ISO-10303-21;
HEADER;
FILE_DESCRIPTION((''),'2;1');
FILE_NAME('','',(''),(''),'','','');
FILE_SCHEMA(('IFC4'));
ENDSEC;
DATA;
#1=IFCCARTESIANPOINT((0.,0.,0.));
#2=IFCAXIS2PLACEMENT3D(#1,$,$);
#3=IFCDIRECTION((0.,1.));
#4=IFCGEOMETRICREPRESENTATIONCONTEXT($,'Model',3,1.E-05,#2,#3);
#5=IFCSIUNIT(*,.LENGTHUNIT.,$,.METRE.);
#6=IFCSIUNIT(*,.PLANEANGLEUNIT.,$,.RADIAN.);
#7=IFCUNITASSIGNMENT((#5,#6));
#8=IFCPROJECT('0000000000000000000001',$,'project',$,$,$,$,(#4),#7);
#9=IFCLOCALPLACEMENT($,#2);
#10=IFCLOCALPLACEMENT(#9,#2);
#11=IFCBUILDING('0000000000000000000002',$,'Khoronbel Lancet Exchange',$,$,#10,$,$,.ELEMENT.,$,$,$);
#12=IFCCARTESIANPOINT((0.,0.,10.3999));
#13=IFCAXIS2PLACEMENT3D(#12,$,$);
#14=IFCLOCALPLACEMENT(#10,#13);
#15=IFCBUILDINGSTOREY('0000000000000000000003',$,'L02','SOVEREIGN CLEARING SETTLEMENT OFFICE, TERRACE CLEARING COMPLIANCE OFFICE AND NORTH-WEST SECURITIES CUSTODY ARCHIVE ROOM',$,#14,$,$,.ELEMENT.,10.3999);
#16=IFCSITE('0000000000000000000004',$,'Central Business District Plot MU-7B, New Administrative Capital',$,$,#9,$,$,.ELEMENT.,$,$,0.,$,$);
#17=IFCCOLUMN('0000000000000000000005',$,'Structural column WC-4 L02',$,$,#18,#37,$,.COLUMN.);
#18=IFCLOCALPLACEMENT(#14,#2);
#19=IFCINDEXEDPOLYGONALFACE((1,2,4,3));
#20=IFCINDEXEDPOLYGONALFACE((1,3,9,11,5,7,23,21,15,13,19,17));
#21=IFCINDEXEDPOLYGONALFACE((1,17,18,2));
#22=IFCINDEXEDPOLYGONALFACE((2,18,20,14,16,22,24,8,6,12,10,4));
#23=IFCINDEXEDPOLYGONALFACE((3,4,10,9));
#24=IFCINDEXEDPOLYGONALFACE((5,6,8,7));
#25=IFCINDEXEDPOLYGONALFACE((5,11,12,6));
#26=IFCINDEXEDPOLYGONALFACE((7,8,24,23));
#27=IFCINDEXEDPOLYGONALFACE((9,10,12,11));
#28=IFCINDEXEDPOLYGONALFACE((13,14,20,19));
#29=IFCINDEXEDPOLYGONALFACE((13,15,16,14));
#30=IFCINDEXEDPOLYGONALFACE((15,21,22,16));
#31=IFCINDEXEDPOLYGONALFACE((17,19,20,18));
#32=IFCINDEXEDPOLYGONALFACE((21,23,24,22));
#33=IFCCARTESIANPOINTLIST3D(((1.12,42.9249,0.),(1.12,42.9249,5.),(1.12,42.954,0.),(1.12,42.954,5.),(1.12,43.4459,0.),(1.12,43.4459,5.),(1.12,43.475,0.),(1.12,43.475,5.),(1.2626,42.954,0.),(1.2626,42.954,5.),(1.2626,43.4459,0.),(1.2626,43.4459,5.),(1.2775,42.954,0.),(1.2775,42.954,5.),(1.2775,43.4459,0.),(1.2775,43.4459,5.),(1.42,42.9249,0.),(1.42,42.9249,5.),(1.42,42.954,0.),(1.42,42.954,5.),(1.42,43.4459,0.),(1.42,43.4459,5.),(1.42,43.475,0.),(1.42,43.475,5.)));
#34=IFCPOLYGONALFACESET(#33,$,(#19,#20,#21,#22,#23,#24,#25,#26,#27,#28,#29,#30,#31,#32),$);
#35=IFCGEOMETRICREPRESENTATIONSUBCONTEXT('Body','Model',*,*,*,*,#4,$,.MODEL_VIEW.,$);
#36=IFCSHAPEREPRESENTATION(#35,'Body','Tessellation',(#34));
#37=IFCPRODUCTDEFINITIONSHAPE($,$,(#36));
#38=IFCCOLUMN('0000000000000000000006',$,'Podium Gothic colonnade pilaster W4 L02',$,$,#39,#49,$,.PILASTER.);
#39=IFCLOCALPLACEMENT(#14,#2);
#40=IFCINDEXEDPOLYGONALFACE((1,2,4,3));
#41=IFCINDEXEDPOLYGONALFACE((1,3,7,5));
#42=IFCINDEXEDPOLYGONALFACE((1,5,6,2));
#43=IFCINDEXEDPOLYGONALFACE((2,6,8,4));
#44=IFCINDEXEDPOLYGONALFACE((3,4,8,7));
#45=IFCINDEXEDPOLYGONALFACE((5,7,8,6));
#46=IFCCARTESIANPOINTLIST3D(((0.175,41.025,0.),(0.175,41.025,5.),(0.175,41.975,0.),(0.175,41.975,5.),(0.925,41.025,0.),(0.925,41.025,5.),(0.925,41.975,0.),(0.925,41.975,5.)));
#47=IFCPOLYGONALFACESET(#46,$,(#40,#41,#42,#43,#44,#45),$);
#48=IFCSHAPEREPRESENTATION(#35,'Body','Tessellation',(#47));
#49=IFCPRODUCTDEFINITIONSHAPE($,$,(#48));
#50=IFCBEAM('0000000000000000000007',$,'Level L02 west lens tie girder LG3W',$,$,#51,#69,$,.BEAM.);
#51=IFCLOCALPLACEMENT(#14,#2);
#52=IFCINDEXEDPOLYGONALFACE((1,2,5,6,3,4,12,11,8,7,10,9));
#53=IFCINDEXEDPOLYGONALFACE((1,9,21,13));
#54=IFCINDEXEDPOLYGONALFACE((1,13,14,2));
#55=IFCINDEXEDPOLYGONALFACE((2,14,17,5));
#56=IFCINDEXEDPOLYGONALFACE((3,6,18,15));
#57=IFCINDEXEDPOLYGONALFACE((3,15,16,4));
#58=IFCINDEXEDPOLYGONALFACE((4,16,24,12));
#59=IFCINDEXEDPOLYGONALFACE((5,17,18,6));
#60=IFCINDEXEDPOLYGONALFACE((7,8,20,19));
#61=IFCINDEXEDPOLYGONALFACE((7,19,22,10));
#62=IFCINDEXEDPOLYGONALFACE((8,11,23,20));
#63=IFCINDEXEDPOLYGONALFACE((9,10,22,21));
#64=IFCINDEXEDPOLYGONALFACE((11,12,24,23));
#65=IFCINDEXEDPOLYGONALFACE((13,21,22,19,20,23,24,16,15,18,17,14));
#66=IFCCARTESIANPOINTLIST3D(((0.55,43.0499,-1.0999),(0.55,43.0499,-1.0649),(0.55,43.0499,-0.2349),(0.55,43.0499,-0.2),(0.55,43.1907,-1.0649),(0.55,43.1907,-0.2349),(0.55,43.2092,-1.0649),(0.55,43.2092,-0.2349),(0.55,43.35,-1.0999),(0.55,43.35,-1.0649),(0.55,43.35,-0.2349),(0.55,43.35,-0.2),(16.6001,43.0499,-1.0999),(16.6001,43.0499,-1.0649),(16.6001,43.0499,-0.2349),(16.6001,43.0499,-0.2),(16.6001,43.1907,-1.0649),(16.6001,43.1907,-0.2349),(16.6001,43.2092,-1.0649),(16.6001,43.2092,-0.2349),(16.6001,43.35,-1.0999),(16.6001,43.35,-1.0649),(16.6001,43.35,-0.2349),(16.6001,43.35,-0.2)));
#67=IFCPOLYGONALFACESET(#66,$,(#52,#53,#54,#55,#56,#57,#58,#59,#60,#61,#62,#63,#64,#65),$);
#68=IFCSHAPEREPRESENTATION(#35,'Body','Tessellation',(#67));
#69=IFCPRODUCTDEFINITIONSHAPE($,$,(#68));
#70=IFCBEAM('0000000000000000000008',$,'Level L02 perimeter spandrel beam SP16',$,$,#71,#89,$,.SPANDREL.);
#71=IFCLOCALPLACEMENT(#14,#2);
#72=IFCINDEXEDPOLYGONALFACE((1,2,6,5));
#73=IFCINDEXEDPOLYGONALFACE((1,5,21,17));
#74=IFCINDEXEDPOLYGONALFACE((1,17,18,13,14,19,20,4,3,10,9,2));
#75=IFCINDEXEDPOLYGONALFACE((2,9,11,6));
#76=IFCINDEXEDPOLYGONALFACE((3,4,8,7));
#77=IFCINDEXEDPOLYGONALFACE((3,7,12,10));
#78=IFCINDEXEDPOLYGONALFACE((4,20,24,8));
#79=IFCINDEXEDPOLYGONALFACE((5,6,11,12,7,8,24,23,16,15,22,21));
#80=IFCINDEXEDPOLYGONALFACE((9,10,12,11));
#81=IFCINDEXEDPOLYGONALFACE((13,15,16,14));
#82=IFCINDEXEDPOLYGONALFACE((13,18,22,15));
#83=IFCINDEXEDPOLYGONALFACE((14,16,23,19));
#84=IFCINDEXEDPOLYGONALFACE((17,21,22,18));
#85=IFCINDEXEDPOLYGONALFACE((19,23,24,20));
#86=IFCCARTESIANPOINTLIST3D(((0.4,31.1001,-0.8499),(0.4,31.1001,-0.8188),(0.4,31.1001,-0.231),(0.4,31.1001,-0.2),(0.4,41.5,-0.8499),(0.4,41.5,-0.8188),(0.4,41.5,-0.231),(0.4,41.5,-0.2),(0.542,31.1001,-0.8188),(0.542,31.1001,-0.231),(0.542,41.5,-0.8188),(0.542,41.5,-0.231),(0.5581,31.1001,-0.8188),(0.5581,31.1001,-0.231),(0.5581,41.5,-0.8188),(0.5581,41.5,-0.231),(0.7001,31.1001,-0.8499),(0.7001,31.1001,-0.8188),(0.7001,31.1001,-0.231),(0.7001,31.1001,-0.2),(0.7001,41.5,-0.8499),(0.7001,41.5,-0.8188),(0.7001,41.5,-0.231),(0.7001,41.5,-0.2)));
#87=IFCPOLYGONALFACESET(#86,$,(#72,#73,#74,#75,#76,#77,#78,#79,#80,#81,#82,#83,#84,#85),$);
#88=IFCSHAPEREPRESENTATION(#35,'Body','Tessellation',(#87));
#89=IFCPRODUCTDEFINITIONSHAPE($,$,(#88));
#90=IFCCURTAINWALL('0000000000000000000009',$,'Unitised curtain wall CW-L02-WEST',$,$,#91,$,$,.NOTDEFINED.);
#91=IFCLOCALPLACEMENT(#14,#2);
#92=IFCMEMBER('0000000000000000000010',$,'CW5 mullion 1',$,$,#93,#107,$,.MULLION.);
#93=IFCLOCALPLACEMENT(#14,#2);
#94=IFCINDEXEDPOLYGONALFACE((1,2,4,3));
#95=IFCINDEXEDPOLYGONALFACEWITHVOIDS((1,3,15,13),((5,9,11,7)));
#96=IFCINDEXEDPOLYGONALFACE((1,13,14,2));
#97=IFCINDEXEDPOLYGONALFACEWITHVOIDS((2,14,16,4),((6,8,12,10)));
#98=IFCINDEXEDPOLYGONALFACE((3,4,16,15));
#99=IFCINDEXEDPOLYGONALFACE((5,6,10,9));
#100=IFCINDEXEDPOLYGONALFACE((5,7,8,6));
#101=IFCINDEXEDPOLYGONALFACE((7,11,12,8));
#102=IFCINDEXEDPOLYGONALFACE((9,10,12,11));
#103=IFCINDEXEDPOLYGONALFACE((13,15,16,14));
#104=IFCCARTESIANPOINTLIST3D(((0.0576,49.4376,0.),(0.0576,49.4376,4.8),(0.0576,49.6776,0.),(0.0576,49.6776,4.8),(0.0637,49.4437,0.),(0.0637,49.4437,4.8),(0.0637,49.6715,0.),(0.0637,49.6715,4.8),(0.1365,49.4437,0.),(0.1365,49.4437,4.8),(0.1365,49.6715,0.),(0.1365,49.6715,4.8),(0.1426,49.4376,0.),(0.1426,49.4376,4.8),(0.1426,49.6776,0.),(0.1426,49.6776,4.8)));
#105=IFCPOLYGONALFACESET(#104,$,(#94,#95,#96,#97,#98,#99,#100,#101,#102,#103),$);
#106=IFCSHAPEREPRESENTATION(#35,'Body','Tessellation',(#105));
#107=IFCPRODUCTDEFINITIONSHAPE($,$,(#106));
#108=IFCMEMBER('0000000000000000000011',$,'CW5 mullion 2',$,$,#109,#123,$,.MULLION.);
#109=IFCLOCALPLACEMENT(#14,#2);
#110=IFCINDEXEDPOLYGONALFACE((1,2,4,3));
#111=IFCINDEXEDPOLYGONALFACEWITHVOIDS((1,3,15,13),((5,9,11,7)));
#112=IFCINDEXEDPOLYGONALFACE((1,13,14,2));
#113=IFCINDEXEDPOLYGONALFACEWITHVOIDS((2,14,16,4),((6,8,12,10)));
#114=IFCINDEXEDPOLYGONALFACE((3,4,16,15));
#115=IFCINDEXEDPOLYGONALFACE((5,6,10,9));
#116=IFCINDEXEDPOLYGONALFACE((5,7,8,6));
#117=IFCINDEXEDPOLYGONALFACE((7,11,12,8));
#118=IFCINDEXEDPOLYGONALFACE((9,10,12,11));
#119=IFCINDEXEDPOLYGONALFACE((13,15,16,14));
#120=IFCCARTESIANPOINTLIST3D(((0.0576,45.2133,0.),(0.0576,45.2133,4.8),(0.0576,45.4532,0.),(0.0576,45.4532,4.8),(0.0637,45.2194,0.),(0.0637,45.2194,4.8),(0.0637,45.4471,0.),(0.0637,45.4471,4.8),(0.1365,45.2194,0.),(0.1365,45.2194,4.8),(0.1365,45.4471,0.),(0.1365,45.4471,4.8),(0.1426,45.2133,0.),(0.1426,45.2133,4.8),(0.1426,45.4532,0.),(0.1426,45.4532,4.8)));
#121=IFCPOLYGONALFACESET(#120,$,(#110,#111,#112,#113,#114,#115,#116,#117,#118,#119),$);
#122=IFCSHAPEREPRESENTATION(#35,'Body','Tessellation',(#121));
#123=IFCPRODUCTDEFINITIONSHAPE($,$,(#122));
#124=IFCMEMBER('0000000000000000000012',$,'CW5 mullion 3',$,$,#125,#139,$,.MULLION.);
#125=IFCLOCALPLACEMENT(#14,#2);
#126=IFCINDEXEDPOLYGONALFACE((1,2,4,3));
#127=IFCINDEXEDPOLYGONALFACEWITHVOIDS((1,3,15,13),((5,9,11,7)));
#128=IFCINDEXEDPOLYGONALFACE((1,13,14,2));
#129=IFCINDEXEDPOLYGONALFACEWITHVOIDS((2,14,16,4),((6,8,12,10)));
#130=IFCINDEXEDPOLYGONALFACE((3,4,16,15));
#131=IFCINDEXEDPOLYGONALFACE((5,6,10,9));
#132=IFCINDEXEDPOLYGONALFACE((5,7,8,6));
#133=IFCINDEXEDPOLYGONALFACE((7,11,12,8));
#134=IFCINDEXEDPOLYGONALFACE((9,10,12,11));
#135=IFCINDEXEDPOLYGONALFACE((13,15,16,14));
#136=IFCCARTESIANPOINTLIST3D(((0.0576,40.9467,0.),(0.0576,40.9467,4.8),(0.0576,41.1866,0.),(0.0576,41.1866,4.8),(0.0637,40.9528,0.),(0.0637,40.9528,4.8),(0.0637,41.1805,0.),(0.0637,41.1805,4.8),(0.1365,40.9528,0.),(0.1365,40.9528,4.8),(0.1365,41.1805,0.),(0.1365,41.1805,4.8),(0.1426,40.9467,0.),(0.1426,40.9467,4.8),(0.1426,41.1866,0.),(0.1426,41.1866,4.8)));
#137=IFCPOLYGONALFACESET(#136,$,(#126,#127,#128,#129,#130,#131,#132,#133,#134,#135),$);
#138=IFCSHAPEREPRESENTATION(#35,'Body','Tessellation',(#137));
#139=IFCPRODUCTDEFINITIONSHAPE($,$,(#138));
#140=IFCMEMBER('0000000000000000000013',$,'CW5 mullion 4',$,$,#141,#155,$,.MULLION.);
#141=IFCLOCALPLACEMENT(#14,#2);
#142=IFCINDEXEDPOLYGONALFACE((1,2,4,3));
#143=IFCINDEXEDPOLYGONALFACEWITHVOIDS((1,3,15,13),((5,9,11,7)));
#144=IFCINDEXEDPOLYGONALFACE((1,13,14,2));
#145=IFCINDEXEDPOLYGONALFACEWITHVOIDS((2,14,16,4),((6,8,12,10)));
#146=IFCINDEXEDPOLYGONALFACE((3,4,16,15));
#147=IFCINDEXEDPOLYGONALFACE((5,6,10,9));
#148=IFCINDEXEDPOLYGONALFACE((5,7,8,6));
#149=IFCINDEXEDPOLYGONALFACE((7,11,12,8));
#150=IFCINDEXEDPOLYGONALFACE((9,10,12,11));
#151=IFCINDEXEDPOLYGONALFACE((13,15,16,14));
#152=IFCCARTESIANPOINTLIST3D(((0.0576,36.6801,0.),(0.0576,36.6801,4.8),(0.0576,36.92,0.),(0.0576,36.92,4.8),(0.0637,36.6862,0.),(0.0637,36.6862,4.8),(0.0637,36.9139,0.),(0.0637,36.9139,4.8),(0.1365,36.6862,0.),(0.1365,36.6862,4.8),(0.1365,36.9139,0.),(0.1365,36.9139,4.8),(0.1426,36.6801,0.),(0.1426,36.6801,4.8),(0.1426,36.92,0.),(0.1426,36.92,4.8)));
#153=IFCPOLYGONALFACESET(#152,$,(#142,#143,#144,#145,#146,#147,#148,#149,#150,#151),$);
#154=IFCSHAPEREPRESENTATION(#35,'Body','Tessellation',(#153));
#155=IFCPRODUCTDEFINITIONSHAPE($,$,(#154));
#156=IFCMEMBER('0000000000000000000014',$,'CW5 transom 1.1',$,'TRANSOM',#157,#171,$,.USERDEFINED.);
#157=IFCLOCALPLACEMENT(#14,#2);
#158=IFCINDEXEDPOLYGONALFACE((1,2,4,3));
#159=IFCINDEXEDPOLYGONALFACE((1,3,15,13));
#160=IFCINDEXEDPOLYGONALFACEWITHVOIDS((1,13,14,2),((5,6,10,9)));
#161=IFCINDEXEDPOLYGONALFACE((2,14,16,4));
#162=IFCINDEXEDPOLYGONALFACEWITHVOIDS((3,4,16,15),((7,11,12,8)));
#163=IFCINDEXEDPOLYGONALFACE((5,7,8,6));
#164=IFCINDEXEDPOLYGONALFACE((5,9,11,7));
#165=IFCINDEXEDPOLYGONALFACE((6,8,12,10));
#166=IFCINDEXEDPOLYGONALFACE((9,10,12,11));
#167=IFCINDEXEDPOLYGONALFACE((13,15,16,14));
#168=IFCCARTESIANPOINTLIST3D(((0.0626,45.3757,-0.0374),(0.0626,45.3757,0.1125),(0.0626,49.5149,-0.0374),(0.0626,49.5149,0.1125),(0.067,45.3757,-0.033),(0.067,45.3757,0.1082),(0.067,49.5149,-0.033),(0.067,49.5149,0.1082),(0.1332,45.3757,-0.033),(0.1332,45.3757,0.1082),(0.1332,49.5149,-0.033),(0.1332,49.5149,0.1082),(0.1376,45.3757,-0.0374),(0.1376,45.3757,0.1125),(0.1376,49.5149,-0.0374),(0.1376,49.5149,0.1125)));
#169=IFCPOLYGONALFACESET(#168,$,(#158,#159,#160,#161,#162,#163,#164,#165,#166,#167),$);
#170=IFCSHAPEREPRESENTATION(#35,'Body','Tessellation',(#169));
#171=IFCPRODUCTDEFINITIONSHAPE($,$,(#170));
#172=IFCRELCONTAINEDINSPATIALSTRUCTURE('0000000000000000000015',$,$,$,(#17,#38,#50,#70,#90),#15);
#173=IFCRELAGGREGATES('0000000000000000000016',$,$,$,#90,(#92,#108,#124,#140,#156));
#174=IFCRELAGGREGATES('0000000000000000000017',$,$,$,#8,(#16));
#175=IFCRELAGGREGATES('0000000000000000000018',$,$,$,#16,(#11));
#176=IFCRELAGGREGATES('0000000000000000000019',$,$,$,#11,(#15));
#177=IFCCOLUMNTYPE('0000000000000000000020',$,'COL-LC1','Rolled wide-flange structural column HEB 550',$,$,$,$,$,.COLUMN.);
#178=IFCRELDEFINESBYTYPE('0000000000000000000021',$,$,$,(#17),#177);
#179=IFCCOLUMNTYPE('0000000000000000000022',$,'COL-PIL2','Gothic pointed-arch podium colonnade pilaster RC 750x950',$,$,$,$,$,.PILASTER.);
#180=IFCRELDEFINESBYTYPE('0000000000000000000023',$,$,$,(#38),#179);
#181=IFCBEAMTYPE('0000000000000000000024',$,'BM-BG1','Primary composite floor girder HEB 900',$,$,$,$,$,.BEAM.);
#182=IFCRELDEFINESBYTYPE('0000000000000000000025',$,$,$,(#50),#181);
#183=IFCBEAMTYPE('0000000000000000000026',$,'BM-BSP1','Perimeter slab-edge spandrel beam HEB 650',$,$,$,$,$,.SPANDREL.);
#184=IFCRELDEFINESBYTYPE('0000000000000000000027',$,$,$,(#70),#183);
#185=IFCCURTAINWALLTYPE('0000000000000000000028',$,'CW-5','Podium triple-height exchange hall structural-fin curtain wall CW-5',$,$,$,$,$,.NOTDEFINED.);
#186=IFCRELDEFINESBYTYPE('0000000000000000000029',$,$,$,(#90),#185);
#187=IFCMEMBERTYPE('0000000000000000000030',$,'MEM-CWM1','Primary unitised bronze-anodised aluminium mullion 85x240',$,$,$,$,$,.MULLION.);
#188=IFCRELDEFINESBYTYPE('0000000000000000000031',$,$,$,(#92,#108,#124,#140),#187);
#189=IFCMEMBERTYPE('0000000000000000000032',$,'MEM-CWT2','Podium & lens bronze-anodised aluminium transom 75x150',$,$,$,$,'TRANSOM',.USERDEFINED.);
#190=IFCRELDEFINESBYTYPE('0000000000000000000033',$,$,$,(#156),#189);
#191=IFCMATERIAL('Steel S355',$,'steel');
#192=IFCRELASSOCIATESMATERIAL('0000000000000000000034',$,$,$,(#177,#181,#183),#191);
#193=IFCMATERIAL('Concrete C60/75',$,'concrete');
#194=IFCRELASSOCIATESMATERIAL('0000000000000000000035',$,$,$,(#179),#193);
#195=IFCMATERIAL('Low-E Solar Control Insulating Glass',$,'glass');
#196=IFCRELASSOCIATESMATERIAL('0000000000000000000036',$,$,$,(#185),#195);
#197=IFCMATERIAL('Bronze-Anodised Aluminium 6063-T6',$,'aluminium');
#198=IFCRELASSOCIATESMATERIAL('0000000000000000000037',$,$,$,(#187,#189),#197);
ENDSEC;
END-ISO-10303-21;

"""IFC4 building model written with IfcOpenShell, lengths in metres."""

from ifc_helpers import new_model, si_unit, direction, frame, origin, origin_2d, place, context, subcontext, project, spatial, rectangle, hollow_rectangle, i_section, extrude, material, material_profile, profile_set, type_object, element, aggregate, save


model = new_model("IFC4")

# Units and contexts
model_context = context("Model", 3, precision=1e-05, world=origin(), true_north=direction((0.0, 1.0)))
body_context = subcontext(model_context, "Body", "Model", "MODEL_VIEW")
ifc_project = project(units=[si_unit("LENGTHUNIT", "METRE"), si_unit("PLANEANGLEUNIT", "RADIAN")], contexts=[model_context])

# Site, building, storey
site_placement = place(None, origin())
site = spatial("IfcSite", under=ifc_project, at=site_placement, Name="Central Business District Plot MU-7B, New Administrative Capital", CompositionType="ELEMENT", RefElevation=0.0)
building_placement = place(site_placement, origin())
building = spatial("IfcBuilding", under=site, at=building_placement, Name="Khoronbel Lancet Exchange", CompositionType="ELEMENT")
storey_placement = place(building_placement, frame((0.0, 0.0, 10.3999)))
storey = spatial("IfcBuildingStorey", under=building, at=storey_placement, Name="L02", Description="SOVEREIGN CLEARING SETTLEMENT OFFICE, TERRACE CLEARING COMPLIANCE OFFICE AND NORTH-WEST SECURITIES CUSTODY ARCHIVE ROOM", CompositionType="ELEMENT", Elevation=10.3999)

# Columns
ifc_material_1 = material(Name="Steel S355", Category="steel")
ifc_material_profile_1 = material_profile(ifc_material_1, i_section(OverallWidth=0.3, OverallDepth=0.55, WebThickness=0.0149, FlangeThickness=0.0291, at=origin_2d()), Name="HEB 550")
ifc_profile_set_1 = profile_set([ifc_material_profile_1], Name="Steel S355")
column_type_1 = type_object("IfcColumnType", Name="COL-LC1", Description="Rolled wide-flange structural column HEB 550", PredefinedType="COLUMN", material=ifc_profile_set_1)
column_1_placement = place(storey_placement, frame((1.27, 43.2, 0.0), z_axis=(0.0, 0.0, 1.0), x_axis=(1.0, 0.0, 0.0)))
element("IfcColumn", 1, at=column_1_placement, inside=storey, type_object=column_type_1, Name="Structural column WC-4 L02", PredefinedType="COLUMN", context=body_context, shape_type="SweptSolid", body=[
    extrude(i_section(OverallWidth=0.3, OverallDepth=0.55, WebThickness=0.0149, FlangeThickness=0.0291, at=origin_2d()), origin(), (0.0, 0.0, 1.0), 5.0),
])
ifc_material_2 = material(Name="Concrete C60/75", Category="concrete")
ifc_material_profile_2 = material_profile(ifc_material_2, rectangle(XDim=0.75, YDim=0.95, at=origin_2d()), Name="RC 750x950")
ifc_profile_set_2 = profile_set([ifc_material_profile_2], Name="Concrete C60/75")
column_type_2 = type_object("IfcColumnType", Name="COL-PIL2", Description="Gothic pointed-arch podium colonnade pilaster RC 750x950", PredefinedType="PILASTER", material=ifc_profile_set_2)
column_2_placement = place(storey_placement, frame((0.55, 41.5, 0.0), z_axis=(0.0, 0.0, 1.0), x_axis=(1.0, 0.0, 0.0)))
element("IfcColumn", 2, at=column_2_placement, inside=storey, type_object=column_type_2, Name="Podium Gothic colonnade pilaster W4 L02", PredefinedType="PILASTER", context=body_context, shape_type="SweptSolid", body=[
    extrude(rectangle(XDim=0.75, YDim=0.95, at=origin_2d()), origin(), (0.0, 0.0, 1.0), 5.0),
])

# Beams
ifc_material_profile_3 = material_profile(ifc_material_1, i_section(OverallWidth=0.3, OverallDepth=0.8999, WebThickness=0.0186, FlangeThickness=0.0349, at=origin_2d()), Name="HEB 900")
ifc_profile_set_3 = profile_set([ifc_material_profile_3], Name="Steel S355")
beam_type_1 = type_object("IfcBeamType", Name="BM-BG1", Description="Primary composite floor girder HEB 900", PredefinedType="BEAM", material=ifc_profile_set_3)
beam_1_placement = place(storey_placement, frame((0.55, 43.2, -0.6499), z_axis=(1.0, 0.0, 0.0), x_axis=(0.0, 1.0, 0.0)))
element("IfcBeam", 3, at=beam_1_placement, inside=storey, type_object=beam_type_1, Name="Level L02 west lens tie girder LG3W", PredefinedType="BEAM", context=body_context, shape_type="SweptSolid", body=[
    extrude(i_section(OverallWidth=0.3, OverallDepth=0.8999, WebThickness=0.0186, FlangeThickness=0.0349, at=origin_2d()), origin(), (0.0, 0.0, 1.0), 16.05),
])
ifc_material_profile_4 = material_profile(ifc_material_1, i_section(OverallWidth=0.3, OverallDepth=0.6499, WebThickness=0.0161, FlangeThickness=0.031, at=origin_2d()), Name="HEB 650")
ifc_profile_set_4 = profile_set([ifc_material_profile_4], Name="Steel S355")
beam_type_2 = type_object("IfcBeamType", Name="BM-BSP1", Description="Perimeter slab-edge spandrel beam HEB 650", PredefinedType="SPANDREL", material=ifc_profile_set_4)
beam_2_placement = place(storey_placement, frame((0.55, 41.5, -0.5249), z_axis=(0.0, -1.0, 0.0), x_axis=(1.0, 0.0, 0.0)))
element("IfcBeam", 4, at=beam_2_placement, inside=storey, type_object=beam_type_2, Name="Level L02 perimeter spandrel beam SP16", PredefinedType="SPANDREL", context=body_context, shape_type="SweptSolid", body=[
    extrude(i_section(OverallWidth=0.3, OverallDepth=0.6499, WebThickness=0.0161, FlangeThickness=0.031, at=origin_2d()), origin(), (0.0, 0.0, 1.0), 10.3999),
])

# Curtain wall, members
ifc_material_3 = material(Name="Low-E Solar Control Insulating Glass", Category="glass")
curtain_wall_type = type_object("IfcCurtainWallType", Name="CW-5", Description="Podium triple-height exchange hall structural-fin curtain wall CW-5", PredefinedType="NOTDEFINED", material=ifc_material_3)
curtain_wall_placement = place(storey_placement, origin())
curtain_wall = element("IfcCurtainWall", 5, at=curtain_wall_placement, inside=storey, type_object=curtain_wall_type, Name="Unitised curtain wall CW-L02-WEST", PredefinedType="NOTDEFINED")
ifc_material_4 = material(Name="Bronze-Anodised Aluminium 6063-T6", Category="aluminium")
ifc_material_profile_5 = material_profile(ifc_material_4, hollow_rectangle(XDim=0.085, YDim=0.24, WallThickness=0.0061, at=origin_2d()), Name="ALU MULLION 85x240")
ifc_profile_set_5 = profile_set([ifc_material_profile_5], Name="Bronze-Anodised Aluminium 6063-T6")
member_type_1 = type_object("IfcMemberType", Name="MEM-CWM1", Description="Primary unitised bronze-anodised aluminium mullion 85x240", PredefinedType="MULLION", material=ifc_profile_set_5)
member_1_placement = place(storey_placement, frame((0.1001, 49.5576, 0.0), z_axis=(0.0, 0.0, 1.0), x_axis=(1.0, 0.0, 0.0)))
member_1 = element("IfcMember", 6, at=member_1_placement, type_object=member_type_1, Name="CW5 mullion 1", PredefinedType="MULLION", context=body_context, shape_type="SweptSolid", body=[
    extrude(hollow_rectangle(XDim=0.085, YDim=0.24, WallThickness=0.0061, at=origin_2d()), origin(), (0.0, 0.0, 1.0), 4.8),
])
member_2_placement = place(storey_placement, frame((0.1001, 45.3333, 0.0), z_axis=(0.0, 0.0, 1.0), x_axis=(1.0, 0.0, 0.0)))
member_2 = element("IfcMember", 7, at=member_2_placement, type_object=member_type_1, Name="CW5 mullion 2", PredefinedType="MULLION", context=body_context, shape_type="SweptSolid", body=[
    extrude(hollow_rectangle(XDim=0.085, YDim=0.24, WallThickness=0.0061, at=origin_2d()), origin(), (0.0, 0.0, 1.0), 4.8),
])
member_3_placement = place(storey_placement, frame((0.1001, 41.0667, 0.0), z_axis=(0.0, 0.0, 1.0), x_axis=(1.0, 0.0, 0.0)))
member_3 = element("IfcMember", 8, at=member_3_placement, type_object=member_type_1, Name="CW5 mullion 3", PredefinedType="MULLION", context=body_context, shape_type="SweptSolid", body=[
    extrude(hollow_rectangle(XDim=0.085, YDim=0.24, WallThickness=0.0061, at=origin_2d()), origin(), (0.0, 0.0, 1.0), 4.8),
])
member_4_placement = place(storey_placement, frame((0.1001, 36.8, 0.0), z_axis=(0.0, 0.0, 1.0), x_axis=(1.0, 0.0, 0.0)))
member_4 = element("IfcMember", 9, at=member_4_placement, type_object=member_type_1, Name="CW5 mullion 4", PredefinedType="MULLION", context=body_context, shape_type="SweptSolid", body=[
    extrude(hollow_rectangle(XDim=0.085, YDim=0.24, WallThickness=0.0061, at=origin_2d()), origin(), (0.0, 0.0, 1.0), 4.8),
])
ifc_material_profile_6 = material_profile(ifc_material_4, hollow_rectangle(XDim=0.075, YDim=0.1499, WallThickness=0.0044, at=origin_2d()), Name="ALU TRANSOM 75x150")
ifc_profile_set_6 = profile_set([ifc_material_profile_6], Name="Bronze-Anodised Aluminium 6063-T6")
member_type_2 = type_object("IfcMemberType", Name="MEM-CWT2", Description="Podium & lens bronze-anodised aluminium transom 75x150", ElementType="TRANSOM", PredefinedType="USERDEFINED", material=ifc_profile_set_6)
member_5_placement = place(storey_placement, frame((0.1001, 49.5149, 0.0376), z_axis=(0.0, -1.0, 0.0), x_axis=(1.0, 0.0, 0.0)))
member_5 = element("IfcMember", 10, at=member_5_placement, type_object=member_type_2, Name="CW5 transom 1.1", ObjectType="TRANSOM", PredefinedType="USERDEFINED", context=body_context, shape_type="SweptSolid", body=[
    extrude(hollow_rectangle(XDim=0.075, YDim=0.1499, WallThickness=0.0044, at=origin_2d()), origin(), (0.0, 0.0, 1.0), 4.1392),
])
aggregate(curtain_wall, [member_1, member_2, member_3, member_4, member_5])

save(model, "model.ifc")
